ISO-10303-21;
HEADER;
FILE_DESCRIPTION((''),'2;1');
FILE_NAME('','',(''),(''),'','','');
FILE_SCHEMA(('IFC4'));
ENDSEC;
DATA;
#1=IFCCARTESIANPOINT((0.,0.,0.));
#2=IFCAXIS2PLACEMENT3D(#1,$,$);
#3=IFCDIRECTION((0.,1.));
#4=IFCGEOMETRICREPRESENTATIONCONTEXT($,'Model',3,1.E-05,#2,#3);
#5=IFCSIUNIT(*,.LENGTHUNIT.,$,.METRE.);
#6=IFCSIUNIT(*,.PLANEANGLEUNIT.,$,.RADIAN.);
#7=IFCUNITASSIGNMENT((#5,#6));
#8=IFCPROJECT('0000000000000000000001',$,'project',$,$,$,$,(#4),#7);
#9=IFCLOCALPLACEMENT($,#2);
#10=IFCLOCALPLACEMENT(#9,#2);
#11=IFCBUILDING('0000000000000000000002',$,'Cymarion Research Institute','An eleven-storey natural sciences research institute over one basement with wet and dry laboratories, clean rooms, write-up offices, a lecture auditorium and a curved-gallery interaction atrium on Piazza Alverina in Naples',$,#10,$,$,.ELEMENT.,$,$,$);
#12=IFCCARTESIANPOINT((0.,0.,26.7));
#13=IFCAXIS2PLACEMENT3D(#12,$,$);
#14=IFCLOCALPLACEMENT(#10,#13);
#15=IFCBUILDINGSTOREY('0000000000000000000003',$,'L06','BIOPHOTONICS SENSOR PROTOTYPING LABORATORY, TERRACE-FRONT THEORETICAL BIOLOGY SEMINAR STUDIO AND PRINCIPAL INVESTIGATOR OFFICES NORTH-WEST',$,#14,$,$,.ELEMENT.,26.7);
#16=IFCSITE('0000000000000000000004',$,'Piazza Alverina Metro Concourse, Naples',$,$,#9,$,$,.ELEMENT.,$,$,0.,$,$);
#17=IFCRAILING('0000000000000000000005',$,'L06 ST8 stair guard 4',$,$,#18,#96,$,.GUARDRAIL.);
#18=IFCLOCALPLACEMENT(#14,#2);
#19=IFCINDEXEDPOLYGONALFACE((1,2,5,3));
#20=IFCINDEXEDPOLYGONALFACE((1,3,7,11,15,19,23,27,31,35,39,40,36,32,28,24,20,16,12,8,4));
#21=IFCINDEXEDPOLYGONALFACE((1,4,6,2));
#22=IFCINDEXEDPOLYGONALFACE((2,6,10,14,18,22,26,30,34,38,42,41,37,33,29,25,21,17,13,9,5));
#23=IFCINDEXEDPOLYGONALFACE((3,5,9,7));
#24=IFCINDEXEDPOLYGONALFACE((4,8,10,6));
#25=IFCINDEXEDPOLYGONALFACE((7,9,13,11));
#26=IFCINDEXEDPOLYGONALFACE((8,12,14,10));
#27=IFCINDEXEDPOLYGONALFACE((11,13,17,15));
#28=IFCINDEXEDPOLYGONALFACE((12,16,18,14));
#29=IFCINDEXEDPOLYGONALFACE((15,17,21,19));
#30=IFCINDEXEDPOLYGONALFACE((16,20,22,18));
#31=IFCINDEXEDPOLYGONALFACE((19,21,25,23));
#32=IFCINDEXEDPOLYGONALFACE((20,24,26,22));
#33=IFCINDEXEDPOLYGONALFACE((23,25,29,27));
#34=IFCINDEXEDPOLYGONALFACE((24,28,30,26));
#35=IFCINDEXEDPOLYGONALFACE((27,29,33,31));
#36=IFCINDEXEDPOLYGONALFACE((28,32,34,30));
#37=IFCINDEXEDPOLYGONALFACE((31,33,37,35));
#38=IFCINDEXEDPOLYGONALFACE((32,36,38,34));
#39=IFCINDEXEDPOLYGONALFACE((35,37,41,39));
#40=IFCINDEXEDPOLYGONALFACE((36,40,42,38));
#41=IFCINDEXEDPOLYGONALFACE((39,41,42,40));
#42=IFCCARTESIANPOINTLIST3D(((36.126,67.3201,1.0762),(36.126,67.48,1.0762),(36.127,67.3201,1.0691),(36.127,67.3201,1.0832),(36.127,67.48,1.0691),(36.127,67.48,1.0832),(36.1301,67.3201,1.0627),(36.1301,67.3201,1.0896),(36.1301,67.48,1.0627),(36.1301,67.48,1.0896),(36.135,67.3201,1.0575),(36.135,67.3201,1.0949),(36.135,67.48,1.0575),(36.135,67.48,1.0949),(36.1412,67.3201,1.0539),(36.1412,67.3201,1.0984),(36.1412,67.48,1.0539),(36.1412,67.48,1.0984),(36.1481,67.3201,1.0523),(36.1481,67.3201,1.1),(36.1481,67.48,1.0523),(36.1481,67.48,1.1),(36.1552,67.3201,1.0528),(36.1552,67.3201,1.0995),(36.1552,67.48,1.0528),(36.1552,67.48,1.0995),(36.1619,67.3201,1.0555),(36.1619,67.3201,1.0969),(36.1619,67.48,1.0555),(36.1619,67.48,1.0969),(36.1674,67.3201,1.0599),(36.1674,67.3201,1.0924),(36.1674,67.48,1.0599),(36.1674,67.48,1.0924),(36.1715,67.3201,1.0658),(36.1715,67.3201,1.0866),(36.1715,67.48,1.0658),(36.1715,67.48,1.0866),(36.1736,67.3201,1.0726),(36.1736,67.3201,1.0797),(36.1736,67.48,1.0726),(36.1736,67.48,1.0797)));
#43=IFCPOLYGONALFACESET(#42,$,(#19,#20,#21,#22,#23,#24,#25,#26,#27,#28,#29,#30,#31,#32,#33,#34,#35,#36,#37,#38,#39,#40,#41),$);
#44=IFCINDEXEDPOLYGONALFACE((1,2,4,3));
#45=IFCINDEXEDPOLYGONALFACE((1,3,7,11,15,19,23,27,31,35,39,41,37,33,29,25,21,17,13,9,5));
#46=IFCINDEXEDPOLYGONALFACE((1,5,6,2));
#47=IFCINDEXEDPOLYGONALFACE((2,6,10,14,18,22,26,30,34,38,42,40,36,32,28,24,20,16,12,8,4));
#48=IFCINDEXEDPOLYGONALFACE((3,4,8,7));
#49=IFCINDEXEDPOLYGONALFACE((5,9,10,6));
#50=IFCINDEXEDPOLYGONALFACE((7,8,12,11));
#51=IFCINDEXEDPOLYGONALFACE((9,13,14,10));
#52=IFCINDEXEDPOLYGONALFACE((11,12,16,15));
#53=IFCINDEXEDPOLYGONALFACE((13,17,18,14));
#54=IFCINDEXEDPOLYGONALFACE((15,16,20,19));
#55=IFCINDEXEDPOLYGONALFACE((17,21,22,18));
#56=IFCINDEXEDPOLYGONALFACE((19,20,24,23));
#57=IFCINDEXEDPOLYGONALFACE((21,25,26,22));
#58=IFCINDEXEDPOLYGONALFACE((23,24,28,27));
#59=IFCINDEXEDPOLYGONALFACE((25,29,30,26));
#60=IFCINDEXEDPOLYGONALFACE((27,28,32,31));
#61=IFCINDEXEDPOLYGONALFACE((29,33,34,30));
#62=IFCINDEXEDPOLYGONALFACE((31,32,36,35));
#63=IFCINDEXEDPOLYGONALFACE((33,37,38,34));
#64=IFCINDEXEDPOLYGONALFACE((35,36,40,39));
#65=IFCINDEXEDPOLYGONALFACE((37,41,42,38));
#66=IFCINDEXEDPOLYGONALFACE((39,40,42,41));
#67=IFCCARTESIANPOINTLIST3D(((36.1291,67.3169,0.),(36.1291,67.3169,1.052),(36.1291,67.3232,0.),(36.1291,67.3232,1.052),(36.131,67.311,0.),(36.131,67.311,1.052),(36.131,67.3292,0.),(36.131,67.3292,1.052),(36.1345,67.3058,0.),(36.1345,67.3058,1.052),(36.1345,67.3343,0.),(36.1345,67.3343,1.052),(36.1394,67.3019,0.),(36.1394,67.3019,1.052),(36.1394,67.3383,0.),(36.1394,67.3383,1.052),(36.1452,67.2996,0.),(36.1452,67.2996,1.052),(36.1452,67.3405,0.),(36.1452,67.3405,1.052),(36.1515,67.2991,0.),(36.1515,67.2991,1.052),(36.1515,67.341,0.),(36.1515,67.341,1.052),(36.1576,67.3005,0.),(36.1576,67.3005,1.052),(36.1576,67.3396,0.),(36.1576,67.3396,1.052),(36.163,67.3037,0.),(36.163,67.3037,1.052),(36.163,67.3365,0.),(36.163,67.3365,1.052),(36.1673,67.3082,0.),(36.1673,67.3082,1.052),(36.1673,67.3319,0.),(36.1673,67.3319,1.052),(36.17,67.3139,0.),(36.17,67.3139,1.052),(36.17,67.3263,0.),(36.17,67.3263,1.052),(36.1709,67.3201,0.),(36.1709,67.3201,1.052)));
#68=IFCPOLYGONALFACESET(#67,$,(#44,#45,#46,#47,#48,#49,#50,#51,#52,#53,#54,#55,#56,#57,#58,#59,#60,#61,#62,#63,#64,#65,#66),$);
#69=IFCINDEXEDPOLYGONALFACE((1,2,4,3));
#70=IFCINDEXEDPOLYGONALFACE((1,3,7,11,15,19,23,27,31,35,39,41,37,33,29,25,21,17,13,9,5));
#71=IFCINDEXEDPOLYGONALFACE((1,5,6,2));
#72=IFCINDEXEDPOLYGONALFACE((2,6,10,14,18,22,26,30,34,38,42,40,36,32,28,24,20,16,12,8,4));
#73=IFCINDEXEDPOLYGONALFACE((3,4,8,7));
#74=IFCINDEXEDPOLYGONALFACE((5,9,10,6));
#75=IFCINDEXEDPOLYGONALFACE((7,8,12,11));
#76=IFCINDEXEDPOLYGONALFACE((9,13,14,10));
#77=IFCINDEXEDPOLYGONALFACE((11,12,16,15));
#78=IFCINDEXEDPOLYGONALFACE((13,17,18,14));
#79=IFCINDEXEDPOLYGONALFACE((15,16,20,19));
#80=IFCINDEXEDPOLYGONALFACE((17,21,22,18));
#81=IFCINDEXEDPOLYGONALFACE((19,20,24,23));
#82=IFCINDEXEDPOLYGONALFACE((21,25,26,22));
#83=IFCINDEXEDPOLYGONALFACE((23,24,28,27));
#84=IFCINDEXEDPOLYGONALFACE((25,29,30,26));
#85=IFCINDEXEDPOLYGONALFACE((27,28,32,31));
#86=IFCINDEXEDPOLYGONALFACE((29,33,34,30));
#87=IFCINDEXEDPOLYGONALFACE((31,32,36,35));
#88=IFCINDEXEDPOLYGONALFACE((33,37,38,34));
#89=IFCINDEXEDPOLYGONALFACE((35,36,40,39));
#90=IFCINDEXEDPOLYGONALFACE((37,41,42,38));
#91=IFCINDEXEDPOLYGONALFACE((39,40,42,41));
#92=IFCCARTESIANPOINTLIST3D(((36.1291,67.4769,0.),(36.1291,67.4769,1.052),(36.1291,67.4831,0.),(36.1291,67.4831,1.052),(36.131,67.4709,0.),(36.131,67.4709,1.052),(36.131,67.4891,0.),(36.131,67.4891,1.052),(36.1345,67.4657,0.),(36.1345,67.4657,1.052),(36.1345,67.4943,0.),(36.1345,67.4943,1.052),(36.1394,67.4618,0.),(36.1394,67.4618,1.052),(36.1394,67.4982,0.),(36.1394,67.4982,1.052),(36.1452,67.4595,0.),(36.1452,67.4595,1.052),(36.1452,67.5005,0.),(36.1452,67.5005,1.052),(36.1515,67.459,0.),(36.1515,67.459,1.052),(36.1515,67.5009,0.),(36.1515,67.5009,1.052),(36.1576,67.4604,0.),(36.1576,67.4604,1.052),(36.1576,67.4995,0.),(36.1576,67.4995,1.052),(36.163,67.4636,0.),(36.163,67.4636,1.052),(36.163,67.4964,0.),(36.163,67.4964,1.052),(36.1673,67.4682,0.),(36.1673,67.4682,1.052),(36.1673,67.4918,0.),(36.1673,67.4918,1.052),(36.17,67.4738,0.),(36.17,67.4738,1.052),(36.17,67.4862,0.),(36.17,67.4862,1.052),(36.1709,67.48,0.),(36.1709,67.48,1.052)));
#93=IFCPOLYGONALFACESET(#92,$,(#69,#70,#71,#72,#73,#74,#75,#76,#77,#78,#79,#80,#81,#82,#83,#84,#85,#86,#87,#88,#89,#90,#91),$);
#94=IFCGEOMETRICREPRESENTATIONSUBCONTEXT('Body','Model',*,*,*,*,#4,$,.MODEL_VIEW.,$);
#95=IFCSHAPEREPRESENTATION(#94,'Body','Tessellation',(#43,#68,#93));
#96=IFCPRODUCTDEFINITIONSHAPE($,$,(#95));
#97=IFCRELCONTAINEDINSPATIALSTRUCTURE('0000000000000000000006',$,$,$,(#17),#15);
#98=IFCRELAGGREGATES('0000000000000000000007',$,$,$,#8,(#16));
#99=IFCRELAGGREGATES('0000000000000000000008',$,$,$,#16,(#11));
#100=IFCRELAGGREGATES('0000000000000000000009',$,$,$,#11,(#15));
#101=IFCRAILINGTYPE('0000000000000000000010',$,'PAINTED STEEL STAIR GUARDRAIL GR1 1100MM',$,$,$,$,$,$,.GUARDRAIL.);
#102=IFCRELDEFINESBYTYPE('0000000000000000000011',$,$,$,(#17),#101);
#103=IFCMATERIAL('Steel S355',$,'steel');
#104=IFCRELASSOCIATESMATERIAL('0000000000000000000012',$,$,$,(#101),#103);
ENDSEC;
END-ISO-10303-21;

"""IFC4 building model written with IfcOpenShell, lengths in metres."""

from ifc_helpers import new_model, si_unit, direction, frame, origin, origin_2d, place, context, subcontext, project, spatial, circle, extrude, material, type_object, element, save


model = new_model("IFC4")

# Units and contexts
model_context = context("Model", 3, precision=1e-05, world=origin(), true_north=direction((0.0, 1.0)))
body_context = subcontext(model_context, "Body", "Model", "MODEL_VIEW")
ifc_project = project(units=[si_unit("LENGTHUNIT", "METRE"), si_unit("PLANEANGLEUNIT", "RADIAN")], contexts=[model_context])

# Site, building, storey
site_placement = place(None, origin())
site = spatial("IfcSite", under=ifc_project, at=site_placement, Name="Piazza Alverina Metro Concourse, Naples", CompositionType="ELEMENT", RefElevation=0.0)
building_placement = place(site_placement, origin())
building = spatial("IfcBuilding", under=site, at=building_placement, Name="Cymarion Research Institute", Description="An eleven-storey natural sciences research institute over one basement with wet and dry laboratories, clean rooms, write-up offices, a lecture auditorium and a curved-gallery interaction atrium on Piazza Alverina in Naples", CompositionType="ELEMENT")
storey_placement = place(building_placement, frame((0.0, 0.0, 26.7)))
storey = spatial("IfcBuildingStorey", under=building, at=storey_placement, Name="L06", Description="BIOPHOTONICS SENSOR PROTOTYPING LABORATORY, TERRACE-FRONT THEORETICAL BIOLOGY SEMINAR STUDIO AND PRINCIPAL INVESTIGATOR OFFICES NORTH-WEST", CompositionType="ELEMENT", Elevation=26.7)

# Railing
ifc_material_1 = material(Name="Steel S355", Category="steel")
railing_type_1 = type_object("IfcRailingType", Name="PAINTED STEEL STAIR GUARDRAIL GR1 1100MM", PredefinedType="GUARDRAIL", material=ifc_material_1)
railing_1_placement = place(storey_placement, frame((36.1499, 67.3201, 0.0)))
element("IfcRailing", 1, at=railing_1_placement, inside=storey, type_object=railing_type_1, Name="L06 ST8 stair guard 4", PredefinedType="GUARDRAIL", context=body_context, shape_type="SweptSolid", body=[
    extrude(circle(Radius=0.0239, at=origin_2d()), frame((0.0, 0.0, 1.0762), z_axis=(0.0, 1.0, 0.0), x_axis=(-1.0, 0.0, 0.0)), (0.0, 0.0, 1.0), 0.1599),
    extrude(circle(Radius=0.021, at=origin_2d()), origin(), (0.0, 0.0, 1.0), 1.052),
    extrude(circle(Radius=0.021, at=origin_2d()), frame((0.0, 0.1599, 0.0)), (0.0, 0.0, 1.0), 1.052),
])

save(model, "model.ifc")
